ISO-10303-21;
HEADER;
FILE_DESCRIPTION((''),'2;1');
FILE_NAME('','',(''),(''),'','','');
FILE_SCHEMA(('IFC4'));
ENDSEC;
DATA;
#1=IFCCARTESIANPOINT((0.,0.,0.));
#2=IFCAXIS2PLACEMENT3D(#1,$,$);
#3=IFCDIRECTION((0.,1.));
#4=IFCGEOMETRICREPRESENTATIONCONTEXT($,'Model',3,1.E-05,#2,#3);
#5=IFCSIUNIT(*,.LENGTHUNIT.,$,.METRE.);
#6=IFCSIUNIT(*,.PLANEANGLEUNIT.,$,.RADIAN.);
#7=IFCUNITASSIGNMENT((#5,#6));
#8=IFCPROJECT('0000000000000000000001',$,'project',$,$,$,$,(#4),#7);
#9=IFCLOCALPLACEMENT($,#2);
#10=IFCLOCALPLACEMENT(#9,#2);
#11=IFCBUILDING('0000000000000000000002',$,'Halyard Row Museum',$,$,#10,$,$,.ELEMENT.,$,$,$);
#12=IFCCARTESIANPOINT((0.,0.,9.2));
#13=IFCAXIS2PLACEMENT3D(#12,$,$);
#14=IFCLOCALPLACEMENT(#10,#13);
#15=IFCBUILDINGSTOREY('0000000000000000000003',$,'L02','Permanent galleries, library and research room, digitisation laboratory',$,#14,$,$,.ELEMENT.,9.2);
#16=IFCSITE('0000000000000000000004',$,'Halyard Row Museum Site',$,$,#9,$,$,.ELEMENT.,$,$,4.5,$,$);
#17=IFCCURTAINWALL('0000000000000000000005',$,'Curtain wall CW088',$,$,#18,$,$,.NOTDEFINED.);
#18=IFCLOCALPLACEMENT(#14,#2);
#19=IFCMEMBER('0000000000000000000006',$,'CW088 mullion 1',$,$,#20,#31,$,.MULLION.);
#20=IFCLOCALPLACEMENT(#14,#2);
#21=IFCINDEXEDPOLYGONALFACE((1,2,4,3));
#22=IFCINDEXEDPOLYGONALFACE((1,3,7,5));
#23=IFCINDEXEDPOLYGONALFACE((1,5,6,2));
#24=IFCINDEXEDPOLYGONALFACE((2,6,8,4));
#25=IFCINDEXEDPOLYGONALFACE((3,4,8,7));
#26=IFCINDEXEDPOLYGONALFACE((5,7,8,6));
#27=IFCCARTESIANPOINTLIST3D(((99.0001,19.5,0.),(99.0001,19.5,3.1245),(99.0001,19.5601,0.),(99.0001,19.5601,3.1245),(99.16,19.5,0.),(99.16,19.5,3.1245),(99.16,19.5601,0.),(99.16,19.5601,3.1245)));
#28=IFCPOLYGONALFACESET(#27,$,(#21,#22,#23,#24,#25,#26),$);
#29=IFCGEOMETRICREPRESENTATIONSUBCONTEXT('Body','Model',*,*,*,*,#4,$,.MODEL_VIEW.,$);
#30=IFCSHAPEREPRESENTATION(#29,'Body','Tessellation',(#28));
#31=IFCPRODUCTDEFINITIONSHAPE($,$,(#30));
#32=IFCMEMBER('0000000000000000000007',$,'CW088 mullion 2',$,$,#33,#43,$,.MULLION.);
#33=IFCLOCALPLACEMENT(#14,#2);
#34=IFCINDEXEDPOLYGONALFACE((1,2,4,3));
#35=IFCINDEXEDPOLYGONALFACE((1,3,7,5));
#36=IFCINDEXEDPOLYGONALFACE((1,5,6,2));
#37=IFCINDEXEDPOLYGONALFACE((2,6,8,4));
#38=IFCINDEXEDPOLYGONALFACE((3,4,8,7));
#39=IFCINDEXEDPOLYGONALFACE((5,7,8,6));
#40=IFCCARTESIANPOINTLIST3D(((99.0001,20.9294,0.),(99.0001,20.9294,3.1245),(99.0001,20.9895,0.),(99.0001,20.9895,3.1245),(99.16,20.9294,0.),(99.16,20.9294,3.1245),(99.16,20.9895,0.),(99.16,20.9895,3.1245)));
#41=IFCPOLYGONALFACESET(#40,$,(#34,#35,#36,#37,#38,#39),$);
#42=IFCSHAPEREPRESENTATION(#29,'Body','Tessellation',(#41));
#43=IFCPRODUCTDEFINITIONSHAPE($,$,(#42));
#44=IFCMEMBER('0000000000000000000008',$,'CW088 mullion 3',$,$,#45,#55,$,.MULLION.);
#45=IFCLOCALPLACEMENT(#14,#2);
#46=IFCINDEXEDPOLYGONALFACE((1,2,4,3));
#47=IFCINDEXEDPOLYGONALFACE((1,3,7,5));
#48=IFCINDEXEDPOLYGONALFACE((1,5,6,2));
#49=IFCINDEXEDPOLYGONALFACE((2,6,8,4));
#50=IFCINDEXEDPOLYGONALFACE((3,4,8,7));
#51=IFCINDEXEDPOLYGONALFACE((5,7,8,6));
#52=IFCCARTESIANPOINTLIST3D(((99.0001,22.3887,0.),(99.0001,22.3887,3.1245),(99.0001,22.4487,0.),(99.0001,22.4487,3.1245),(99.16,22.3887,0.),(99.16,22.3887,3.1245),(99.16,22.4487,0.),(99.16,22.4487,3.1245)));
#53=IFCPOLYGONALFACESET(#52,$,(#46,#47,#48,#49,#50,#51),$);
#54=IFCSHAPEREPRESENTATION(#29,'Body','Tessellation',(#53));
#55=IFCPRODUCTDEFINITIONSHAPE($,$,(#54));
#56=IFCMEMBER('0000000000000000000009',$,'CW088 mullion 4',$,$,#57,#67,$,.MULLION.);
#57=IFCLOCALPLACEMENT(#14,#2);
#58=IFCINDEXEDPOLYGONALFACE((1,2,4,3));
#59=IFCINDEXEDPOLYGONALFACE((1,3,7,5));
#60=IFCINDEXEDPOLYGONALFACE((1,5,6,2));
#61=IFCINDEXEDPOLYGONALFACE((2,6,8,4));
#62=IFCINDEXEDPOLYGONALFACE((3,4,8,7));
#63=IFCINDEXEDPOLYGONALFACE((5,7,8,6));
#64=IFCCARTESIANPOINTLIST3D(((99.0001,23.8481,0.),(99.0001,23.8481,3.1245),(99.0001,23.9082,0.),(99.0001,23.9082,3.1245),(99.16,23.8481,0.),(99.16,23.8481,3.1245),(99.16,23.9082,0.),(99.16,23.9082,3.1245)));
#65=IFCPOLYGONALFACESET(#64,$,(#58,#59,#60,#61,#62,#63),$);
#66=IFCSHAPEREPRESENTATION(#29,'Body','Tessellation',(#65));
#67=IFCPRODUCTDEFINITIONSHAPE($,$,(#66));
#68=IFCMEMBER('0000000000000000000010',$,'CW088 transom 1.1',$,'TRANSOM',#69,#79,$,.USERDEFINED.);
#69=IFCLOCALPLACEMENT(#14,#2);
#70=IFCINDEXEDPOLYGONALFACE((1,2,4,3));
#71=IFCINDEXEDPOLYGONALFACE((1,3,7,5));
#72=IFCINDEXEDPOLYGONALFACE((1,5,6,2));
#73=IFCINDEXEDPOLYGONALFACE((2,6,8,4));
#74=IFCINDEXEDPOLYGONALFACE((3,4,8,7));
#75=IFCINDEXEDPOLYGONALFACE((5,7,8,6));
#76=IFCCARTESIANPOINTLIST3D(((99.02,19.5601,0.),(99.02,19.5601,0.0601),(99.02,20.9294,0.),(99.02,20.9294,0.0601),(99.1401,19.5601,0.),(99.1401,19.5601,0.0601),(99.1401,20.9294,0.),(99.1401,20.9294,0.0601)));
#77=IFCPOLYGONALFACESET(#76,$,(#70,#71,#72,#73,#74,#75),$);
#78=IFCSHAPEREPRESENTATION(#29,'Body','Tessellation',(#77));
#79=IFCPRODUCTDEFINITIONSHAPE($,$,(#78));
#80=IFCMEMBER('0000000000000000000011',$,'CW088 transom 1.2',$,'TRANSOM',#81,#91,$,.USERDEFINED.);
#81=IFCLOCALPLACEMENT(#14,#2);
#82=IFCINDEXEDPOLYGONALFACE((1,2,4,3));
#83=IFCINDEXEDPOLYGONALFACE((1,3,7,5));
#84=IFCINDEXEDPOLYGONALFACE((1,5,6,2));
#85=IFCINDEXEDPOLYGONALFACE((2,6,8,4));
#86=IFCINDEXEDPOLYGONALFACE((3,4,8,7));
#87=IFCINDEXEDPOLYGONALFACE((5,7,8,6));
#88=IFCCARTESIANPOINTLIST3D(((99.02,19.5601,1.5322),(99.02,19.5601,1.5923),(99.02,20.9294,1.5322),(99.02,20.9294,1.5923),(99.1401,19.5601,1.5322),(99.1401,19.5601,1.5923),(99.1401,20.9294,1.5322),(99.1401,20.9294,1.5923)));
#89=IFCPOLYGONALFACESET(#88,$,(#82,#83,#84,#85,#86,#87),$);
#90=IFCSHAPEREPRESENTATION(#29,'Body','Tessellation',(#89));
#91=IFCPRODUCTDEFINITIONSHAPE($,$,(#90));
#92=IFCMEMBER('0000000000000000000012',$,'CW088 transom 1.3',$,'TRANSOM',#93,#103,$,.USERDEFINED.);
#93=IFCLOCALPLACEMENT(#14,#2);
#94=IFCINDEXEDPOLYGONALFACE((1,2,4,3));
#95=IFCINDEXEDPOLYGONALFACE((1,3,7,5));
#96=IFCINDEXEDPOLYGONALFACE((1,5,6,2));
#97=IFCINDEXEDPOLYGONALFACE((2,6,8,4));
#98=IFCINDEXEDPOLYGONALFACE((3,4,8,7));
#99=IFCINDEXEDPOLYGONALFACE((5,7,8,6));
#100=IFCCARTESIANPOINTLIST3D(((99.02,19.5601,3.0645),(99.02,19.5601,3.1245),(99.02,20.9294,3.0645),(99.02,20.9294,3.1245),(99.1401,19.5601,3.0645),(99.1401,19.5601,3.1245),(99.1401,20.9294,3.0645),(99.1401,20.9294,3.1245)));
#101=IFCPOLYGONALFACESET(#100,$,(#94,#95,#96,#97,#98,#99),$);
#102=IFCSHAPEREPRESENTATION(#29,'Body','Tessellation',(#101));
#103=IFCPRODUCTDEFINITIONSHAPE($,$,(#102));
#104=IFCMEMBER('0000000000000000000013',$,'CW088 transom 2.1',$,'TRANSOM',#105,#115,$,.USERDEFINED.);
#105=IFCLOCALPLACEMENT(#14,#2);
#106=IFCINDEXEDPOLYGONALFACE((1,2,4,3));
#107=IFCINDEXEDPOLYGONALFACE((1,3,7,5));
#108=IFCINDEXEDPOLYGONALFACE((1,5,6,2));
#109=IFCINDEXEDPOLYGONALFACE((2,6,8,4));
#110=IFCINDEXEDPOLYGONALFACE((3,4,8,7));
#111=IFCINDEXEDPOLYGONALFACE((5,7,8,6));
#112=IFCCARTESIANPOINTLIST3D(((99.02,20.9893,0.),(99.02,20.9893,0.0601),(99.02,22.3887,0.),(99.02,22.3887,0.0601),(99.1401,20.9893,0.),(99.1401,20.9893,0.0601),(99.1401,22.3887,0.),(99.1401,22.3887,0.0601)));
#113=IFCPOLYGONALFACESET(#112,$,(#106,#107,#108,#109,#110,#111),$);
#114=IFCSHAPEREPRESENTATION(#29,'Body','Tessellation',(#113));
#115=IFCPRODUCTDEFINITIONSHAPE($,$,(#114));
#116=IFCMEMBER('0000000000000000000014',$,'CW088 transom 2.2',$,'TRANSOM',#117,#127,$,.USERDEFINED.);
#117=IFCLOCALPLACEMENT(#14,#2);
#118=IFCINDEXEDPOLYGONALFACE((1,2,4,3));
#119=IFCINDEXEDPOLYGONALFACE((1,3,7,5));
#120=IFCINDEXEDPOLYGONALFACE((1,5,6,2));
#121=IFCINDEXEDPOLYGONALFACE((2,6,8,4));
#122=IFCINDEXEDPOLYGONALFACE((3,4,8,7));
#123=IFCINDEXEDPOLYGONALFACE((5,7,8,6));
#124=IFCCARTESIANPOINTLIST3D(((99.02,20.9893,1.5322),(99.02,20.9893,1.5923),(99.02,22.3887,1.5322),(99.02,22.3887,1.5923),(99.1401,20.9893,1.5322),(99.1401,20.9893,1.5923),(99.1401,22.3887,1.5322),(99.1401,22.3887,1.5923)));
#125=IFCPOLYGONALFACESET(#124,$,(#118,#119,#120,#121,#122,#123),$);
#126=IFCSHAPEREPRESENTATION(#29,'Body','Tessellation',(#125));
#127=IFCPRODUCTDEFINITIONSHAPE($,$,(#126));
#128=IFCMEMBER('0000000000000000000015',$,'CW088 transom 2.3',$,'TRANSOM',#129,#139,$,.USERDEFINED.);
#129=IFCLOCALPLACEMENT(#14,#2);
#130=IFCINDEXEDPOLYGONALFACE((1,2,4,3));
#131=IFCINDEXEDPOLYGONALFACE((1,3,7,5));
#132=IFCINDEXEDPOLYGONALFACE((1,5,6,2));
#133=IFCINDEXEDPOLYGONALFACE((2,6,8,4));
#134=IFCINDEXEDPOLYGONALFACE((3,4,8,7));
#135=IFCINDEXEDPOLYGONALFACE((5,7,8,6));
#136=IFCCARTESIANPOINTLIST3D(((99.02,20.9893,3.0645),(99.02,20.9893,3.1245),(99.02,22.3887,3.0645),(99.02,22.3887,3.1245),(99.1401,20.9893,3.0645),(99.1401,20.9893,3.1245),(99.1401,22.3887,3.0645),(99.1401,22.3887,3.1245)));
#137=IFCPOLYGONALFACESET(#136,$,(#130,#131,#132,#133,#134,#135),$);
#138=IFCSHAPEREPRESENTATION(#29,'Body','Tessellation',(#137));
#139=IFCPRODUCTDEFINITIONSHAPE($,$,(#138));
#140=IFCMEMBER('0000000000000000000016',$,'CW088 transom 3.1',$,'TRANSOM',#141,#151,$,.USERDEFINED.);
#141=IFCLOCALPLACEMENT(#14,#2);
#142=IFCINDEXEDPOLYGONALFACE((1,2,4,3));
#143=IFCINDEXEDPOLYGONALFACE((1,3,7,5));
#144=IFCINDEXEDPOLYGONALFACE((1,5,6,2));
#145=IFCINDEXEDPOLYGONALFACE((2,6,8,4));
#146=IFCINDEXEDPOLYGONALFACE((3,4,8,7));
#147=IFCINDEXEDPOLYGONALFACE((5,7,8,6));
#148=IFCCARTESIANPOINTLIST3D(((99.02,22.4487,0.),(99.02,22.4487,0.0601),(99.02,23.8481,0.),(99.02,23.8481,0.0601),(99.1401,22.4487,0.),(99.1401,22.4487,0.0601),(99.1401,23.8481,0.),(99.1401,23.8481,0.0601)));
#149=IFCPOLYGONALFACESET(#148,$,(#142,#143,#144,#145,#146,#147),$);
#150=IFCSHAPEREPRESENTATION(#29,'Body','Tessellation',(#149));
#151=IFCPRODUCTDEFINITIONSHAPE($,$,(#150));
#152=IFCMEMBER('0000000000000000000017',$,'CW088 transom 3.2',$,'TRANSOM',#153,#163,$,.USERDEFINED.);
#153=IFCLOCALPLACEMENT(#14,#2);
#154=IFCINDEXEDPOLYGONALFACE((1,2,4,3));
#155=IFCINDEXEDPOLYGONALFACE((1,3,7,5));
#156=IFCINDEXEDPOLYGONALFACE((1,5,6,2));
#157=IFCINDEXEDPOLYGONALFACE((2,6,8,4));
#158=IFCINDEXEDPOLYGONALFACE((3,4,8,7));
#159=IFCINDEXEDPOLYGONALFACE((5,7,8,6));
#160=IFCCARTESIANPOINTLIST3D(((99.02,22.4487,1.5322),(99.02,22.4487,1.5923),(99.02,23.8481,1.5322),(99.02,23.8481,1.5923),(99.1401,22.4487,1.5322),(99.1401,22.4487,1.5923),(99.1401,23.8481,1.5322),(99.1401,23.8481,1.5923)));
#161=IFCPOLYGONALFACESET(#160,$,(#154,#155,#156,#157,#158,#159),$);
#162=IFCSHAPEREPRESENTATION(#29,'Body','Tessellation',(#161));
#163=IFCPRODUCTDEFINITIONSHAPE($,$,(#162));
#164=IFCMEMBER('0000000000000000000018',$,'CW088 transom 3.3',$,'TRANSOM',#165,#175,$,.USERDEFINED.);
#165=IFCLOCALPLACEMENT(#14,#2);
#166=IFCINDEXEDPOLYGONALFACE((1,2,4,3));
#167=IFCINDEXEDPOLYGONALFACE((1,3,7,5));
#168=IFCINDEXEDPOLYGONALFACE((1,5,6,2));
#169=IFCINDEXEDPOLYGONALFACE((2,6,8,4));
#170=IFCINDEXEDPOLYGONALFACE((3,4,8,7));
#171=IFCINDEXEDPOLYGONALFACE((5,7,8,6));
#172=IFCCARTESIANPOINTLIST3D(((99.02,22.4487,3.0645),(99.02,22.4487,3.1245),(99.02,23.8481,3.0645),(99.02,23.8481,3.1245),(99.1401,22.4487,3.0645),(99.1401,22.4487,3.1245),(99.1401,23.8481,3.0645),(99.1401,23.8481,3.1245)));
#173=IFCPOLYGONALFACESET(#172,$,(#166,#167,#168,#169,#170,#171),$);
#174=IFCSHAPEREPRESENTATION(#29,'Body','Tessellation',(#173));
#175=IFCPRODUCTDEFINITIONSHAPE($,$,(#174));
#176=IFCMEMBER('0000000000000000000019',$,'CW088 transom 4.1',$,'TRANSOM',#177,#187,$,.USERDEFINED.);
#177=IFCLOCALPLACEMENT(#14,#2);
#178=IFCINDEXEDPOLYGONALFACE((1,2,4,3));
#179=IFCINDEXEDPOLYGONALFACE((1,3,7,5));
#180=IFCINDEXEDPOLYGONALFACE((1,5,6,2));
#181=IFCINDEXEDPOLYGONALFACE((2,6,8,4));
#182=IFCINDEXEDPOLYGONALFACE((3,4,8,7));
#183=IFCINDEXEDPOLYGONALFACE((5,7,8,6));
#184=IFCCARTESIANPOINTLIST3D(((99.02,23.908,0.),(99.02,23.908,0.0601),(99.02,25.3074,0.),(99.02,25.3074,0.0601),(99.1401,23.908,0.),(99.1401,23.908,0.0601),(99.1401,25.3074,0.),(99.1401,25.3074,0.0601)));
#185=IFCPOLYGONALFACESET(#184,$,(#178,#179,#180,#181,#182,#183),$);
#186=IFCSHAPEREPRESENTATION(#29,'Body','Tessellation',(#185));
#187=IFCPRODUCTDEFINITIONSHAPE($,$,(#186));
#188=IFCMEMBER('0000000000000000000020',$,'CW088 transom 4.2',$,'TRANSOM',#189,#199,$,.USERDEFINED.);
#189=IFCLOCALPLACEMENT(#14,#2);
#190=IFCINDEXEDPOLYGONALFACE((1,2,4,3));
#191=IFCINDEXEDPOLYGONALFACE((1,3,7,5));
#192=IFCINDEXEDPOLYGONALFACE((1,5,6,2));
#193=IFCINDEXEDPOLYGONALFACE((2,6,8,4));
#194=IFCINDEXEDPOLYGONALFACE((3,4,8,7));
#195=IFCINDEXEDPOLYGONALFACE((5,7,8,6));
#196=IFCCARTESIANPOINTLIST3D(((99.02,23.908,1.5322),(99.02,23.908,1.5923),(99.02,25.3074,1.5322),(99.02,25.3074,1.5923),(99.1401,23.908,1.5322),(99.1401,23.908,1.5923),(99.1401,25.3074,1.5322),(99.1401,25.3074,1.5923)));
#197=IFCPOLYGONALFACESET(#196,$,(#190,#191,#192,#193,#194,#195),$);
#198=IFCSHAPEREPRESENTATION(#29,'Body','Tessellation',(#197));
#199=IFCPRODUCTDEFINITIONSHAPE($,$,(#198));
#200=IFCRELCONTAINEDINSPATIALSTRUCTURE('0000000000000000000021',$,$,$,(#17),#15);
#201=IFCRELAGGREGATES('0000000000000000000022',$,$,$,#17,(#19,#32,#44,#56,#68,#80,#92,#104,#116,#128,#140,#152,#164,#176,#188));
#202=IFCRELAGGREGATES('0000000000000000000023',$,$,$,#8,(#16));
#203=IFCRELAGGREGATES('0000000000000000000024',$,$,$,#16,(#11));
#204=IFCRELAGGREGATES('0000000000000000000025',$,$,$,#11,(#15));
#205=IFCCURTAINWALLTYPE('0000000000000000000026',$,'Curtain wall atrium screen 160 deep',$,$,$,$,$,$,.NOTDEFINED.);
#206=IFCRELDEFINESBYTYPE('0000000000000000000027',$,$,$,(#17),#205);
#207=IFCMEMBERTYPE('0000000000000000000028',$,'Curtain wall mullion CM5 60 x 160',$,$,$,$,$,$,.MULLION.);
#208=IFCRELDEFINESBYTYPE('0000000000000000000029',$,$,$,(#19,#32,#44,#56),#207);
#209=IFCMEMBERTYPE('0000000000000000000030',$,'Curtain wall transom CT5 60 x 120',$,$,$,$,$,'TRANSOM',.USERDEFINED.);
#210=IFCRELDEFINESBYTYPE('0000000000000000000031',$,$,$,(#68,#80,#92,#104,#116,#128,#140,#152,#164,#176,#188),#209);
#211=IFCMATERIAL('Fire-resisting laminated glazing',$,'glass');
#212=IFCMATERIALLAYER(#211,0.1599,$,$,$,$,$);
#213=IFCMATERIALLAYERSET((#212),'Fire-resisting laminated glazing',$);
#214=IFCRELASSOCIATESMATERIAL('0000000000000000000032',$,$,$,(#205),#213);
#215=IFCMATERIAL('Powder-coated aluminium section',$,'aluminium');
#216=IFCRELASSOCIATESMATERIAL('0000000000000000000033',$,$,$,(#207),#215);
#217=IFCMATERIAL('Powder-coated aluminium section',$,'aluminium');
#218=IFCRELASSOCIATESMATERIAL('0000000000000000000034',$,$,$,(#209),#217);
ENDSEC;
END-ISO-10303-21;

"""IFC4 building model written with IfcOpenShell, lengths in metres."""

from ifc_helpers import new_model, si_unit, direction, frame, origin, origin_2d, place, context, subcontext, project, spatial, rectangle, extrude, material, layer, layer_set, material_profile, profile_set, type_object, element, aggregate, save


model = new_model("IFC4")

# Units and contexts
model_context = context("Model", 3, precision=1e-05, world=origin(), true_north=direction((0.0, 1.0)))
body_context = subcontext(model_context, "Body", "Model", "MODEL_VIEW")
ifc_project = project(units=[si_unit("LENGTHUNIT", "METRE"), si_unit("PLANEANGLEUNIT", "RADIAN")], contexts=[model_context])

# Site, building, storey
site_placement = place(None, origin())
site = spatial("IfcSite", under=ifc_project, at=site_placement, Name="Halyard Row Museum Site", CompositionType="ELEMENT", RefElevation=4.5)
building_placement = place(site_placement, origin())
building = spatial("IfcBuilding", under=site, at=building_placement, Name="Halyard Row Museum", CompositionType="ELEMENT")
storey_placement = place(building_placement, frame((0.0, 0.0, 9.2)))
storey = spatial("IfcBuildingStorey", under=building, at=storey_placement, Name="L02", Description="Permanent galleries, library and research room, digitisation laboratory", CompositionType="ELEMENT", Elevation=9.2)

# Curtain wall, members
ifc_material_1 = material(Name="Fire-resisting laminated glazing", Category="glass")
ifc_layer_1 = layer(ifc_material_1, 0.1599)
ifc_layer_set_1 = layer_set([ifc_layer_1], Name="Fire-resisting laminated glazing")
curtain_wall_type = type_object("IfcCurtainWallType", Name="Curtain wall atrium screen 160 deep", PredefinedType="NOTDEFINED", material=ifc_layer_set_1)
curtain_wall_placement = place(storey_placement, origin())
curtain_wall = element("IfcCurtainWall", 1, at=curtain_wall_placement, inside=storey, type_object=curtain_wall_type, Name="Curtain wall CW088", PredefinedType="NOTDEFINED")
ifc_material_2 = material(Name="Powder-coated aluminium section", Category="aluminium")
ifc_material_profile_1 = material_profile(ifc_material_2, rectangle(XDim=0.1599, YDim=0.0601, at=origin_2d()), Name="160x60 mullion")
ifc_profile_set_1 = profile_set([ifc_material_profile_1], Name="Powder-coated aluminium section")
member_type_1 = type_object("IfcMemberType", Name="Curtain wall mullion CM5 60 x 160", PredefinedType="MULLION", material=ifc_profile_set_1)
member_1_placement = place(storey_placement, frame((99.0801, 19.53, 0.0), z_axis=(0.0, 0.0, 1.0), x_axis=(-1.0, 0.0, 0.0)))
member_1 = element("IfcMember", 2, at=member_1_placement, type_object=member_type_1, Name="CW088 mullion 1", PredefinedType="MULLION", context=body_context, shape_type="SweptSolid", body=[
    extrude(rectangle(XDim=0.1599, YDim=0.0601, at=origin_2d()), origin(), (0.0, 0.0, 1.0), 3.1245),
])
member_2_placement = place(storey_placement, frame((99.0801, 20.9595, 0.0), z_axis=(0.0, 0.0, 1.0), x_axis=(-1.0, 0.0, 0.0)))
member_2 = element("IfcMember", 3, at=member_2_placement, type_object=member_type_1, Name="CW088 mullion 2", PredefinedType="MULLION", context=body_context, shape_type="SweptSolid", body=[
    extrude(rectangle(XDim=0.1599, YDim=0.0601, at=origin_2d()), origin(), (0.0, 0.0, 1.0), 3.1245),
])
member_3_placement = place(storey_placement, frame((99.0801, 22.4187, 0.0), z_axis=(0.0, 0.0, 1.0), x_axis=(-1.0, 0.0, 0.0)))
member_3 = element("IfcMember", 4, at=member_3_placement, type_object=member_type_1, Name="CW088 mullion 3", PredefinedType="MULLION", context=body_context, shape_type="SweptSolid", body=[
    extrude(rectangle(XDim=0.1599, YDim=0.0601, at=origin_2d()), origin(), (0.0, 0.0, 1.0), 3.1245),
])
member_4_placement = place(storey_placement, frame((99.0801, 23.8782, 0.0), z_axis=(0.0, 0.0, 1.0), x_axis=(-1.0, 0.0, 0.0)))
member_4 = element("IfcMember", 5, at=member_4_placement, type_object=member_type_1, Name="CW088 mullion 4", PredefinedType="MULLION", context=body_context, shape_type="SweptSolid", body=[
    extrude(rectangle(XDim=0.1599, YDim=0.0601, at=origin_2d()), origin(), (0.0, 0.0, 1.0), 3.1245),
])
ifc_material_3 = material(Name="Powder-coated aluminium section", Category="aluminium")
ifc_material_profile_2 = material_profile(ifc_material_3, rectangle(XDim=0.1201, YDim=0.0601, at=origin_2d()), Name="120x60 transom")
ifc_profile_set_2 = profile_set([ifc_material_profile_2], Name="Powder-coated aluminium section")
member_type_2 = type_object("IfcMemberType", Name="Curtain wall transom CT5 60 x 120", ElementType="TRANSOM", PredefinedType="USERDEFINED", material=ifc_profile_set_2)
member_5_placement = place(storey_placement, frame((99.0801, 19.5601, 0.03), z_axis=(0.0, 1.0, 0.0), x_axis=(-1.0, 0.0, 0.0)))
member_5 = element("IfcMember", 6, at=member_5_placement, type_object=member_type_2, Name="CW088 transom 1.1", ObjectType="TRANSOM", PredefinedType="USERDEFINED", context=body_context, shape_type="SweptSolid", body=[
    extrude(rectangle(XDim=0.1201, YDim=0.0601, at=origin_2d()), origin(), (0.0, 0.0, 1.0), 1.3694),
])
member_6_placement = place(storey_placement, frame((99.0801, 19.5601, 1.5623), z_axis=(0.0, 1.0, 0.0), x_axis=(-1.0, 0.0, 0.0)))
member_6 = element("IfcMember", 7, at=member_6_placement, type_object=member_type_2, Name="CW088 transom 1.2", ObjectType="TRANSOM", PredefinedType="USERDEFINED", context=body_context, shape_type="SweptSolid", body=[
    extrude(rectangle(XDim=0.1201, YDim=0.0601, at=origin_2d()), origin(), (0.0, 0.0, 1.0), 1.3694),
])
member_7_placement = place(storey_placement, frame((99.0801, 19.5601, 3.0945), z_axis=(0.0, 1.0, 0.0), x_axis=(-1.0, 0.0, 0.0)))
member_7 = element("IfcMember", 8, at=member_7_placement, type_object=member_type_2, Name="CW088 transom 1.3", ObjectType="TRANSOM", PredefinedType="USERDEFINED", context=body_context, shape_type="SweptSolid", body=[
    extrude(rectangle(XDim=0.1201, YDim=0.0601, at=origin_2d()), origin(), (0.0, 0.0, 1.0), 1.3694),
])
member_8_placement = place(storey_placement, frame((99.0801, 20.9893, 0.03), z_axis=(0.0, 1.0, 0.0), x_axis=(-1.0, 0.0, 0.0)))
member_8 = element("IfcMember", 9, at=member_8_placement, type_object=member_type_2, Name="CW088 transom 2.1", ObjectType="TRANSOM", PredefinedType="USERDEFINED", context=body_context, shape_type="SweptSolid", body=[
    extrude(rectangle(XDim=0.1201, YDim=0.0601, at=origin_2d()), origin(), (0.0, 0.0, 1.0), 1.3994),
])
member_9_placement = place(storey_placement, frame((99.0801, 20.9893, 1.5623), z_axis=(0.0, 1.0, 0.0), x_axis=(-1.0, 0.0, 0.0)))
member_9 = element("IfcMember", 10, at=member_9_placement, type_object=member_type_2, Name="CW088 transom 2.2", ObjectType="TRANSOM", PredefinedType="USERDEFINED", context=body_context, shape_type="SweptSolid", body=[
    extrude(rectangle(XDim=0.1201, YDim=0.0601, at=origin_2d()), origin(), (0.0, 0.0, 1.0), 1.3994),
])
member_10_placement = place(storey_placement, frame((99.0801, 20.9893, 3.0945), z_axis=(0.0, 1.0, 0.0), x_axis=(-1.0, 0.0, 0.0)))
member_10 = element("IfcMember", 11, at=member_10_placement, type_object=member_type_2, Name="CW088 transom 2.3", ObjectType="TRANSOM", PredefinedType="USERDEFINED", context=body_context, shape_type="SweptSolid", body=[
    extrude(rectangle(XDim=0.1201, YDim=0.0601, at=origin_2d()), origin(), (0.0, 0.0, 1.0), 1.3994),
])
member_11_placement = place(storey_placement, frame((99.0801, 22.4487, 0.03), z_axis=(0.0, 1.0, 0.0), x_axis=(-1.0, 0.0, 0.0)))
member_11 = element("IfcMember", 12, at=member_11_placement, type_object=member_type_2, Name="CW088 transom 3.1", ObjectType="TRANSOM", PredefinedType="USERDEFINED", context=body_context, shape_type="SweptSolid", body=[
    extrude(rectangle(XDim=0.1201, YDim=0.0601, at=origin_2d()), origin(), (0.0, 0.0, 1.0), 1.3994),
])
member_12_placement = place(storey_placement, frame((99.0801, 22.4487, 1.5623), z_axis=(0.0, 1.0, 0.0), x_axis=(-1.0, 0.0, 0.0)))
member_12 = element("IfcMember", 13, at=member_12_placement, type_object=member_type_2, Name="CW088 transom 3.2", ObjectType="TRANSOM", PredefinedType="USERDEFINED", context=body_context, shape_type="SweptSolid", body=[
    extrude(rectangle(XDim=0.1201, YDim=0.0601, at=origin_2d()), origin(), (0.0, 0.0, 1.0), 1.3994),
])
member_13_placement = place(storey_placement, frame((99.0801, 22.4487, 3.0945), z_axis=(0.0, 1.0, 0.0), x_axis=(-1.0, 0.0, 0.0)))
member_13 = element("IfcMember", 14, at=member_13_placement, type_object=member_type_2, Name="CW088 transom 3.3", ObjectType="TRANSOM", PredefinedType="USERDEFINED", context=body_context, shape_type="SweptSolid", body=[
    extrude(rectangle(XDim=0.1201, YDim=0.0601, at=origin_2d()), origin(), (0.0, 0.0, 1.0), 1.3994),
])
member_14_placement = place(storey_placement, frame((99.0801, 23.908, 0.03), z_axis=(0.0, 1.0, 0.0), x_axis=(-1.0, 0.0, 0.0)))
member_14 = element("IfcMember", 15, at=member_14_placement, type_object=member_type_2, Name="CW088 transom 4.1", ObjectType="TRANSOM", PredefinedType="USERDEFINED", context=body_context, shape_type="SweptSolid", body=[
    extrude(rectangle(XDim=0.1201, YDim=0.0601, at=origin_2d()), origin(), (0.0, 0.0, 1.0), 1.3994),
])
member_15_placement = place(storey_placement, frame((99.0801, 23.908, 1.5623), z_axis=(0.0, 1.0, 0.0), x_axis=(-1.0, 0.0, 0.0)))
member_15 = element("IfcMember", 16, at=member_15_placement, type_object=member_type_2, Name="CW088 transom 4.2", ObjectType="TRANSOM", PredefinedType="USERDEFINED", context=body_context, shape_type="SweptSolid", body=[
    extrude(rectangle(XDim=0.1201, YDim=0.0601, at=origin_2d()), origin(), (0.0, 0.0, 1.0), 1.3994),
])

aggregate(curtain_wall, [member_1, member_2, member_3, member_4, member_5, member_6, member_7, member_8, member_9, member_10, member_11, member_12, member_13, member_14, member_15])

save(model, "model.ifc")
